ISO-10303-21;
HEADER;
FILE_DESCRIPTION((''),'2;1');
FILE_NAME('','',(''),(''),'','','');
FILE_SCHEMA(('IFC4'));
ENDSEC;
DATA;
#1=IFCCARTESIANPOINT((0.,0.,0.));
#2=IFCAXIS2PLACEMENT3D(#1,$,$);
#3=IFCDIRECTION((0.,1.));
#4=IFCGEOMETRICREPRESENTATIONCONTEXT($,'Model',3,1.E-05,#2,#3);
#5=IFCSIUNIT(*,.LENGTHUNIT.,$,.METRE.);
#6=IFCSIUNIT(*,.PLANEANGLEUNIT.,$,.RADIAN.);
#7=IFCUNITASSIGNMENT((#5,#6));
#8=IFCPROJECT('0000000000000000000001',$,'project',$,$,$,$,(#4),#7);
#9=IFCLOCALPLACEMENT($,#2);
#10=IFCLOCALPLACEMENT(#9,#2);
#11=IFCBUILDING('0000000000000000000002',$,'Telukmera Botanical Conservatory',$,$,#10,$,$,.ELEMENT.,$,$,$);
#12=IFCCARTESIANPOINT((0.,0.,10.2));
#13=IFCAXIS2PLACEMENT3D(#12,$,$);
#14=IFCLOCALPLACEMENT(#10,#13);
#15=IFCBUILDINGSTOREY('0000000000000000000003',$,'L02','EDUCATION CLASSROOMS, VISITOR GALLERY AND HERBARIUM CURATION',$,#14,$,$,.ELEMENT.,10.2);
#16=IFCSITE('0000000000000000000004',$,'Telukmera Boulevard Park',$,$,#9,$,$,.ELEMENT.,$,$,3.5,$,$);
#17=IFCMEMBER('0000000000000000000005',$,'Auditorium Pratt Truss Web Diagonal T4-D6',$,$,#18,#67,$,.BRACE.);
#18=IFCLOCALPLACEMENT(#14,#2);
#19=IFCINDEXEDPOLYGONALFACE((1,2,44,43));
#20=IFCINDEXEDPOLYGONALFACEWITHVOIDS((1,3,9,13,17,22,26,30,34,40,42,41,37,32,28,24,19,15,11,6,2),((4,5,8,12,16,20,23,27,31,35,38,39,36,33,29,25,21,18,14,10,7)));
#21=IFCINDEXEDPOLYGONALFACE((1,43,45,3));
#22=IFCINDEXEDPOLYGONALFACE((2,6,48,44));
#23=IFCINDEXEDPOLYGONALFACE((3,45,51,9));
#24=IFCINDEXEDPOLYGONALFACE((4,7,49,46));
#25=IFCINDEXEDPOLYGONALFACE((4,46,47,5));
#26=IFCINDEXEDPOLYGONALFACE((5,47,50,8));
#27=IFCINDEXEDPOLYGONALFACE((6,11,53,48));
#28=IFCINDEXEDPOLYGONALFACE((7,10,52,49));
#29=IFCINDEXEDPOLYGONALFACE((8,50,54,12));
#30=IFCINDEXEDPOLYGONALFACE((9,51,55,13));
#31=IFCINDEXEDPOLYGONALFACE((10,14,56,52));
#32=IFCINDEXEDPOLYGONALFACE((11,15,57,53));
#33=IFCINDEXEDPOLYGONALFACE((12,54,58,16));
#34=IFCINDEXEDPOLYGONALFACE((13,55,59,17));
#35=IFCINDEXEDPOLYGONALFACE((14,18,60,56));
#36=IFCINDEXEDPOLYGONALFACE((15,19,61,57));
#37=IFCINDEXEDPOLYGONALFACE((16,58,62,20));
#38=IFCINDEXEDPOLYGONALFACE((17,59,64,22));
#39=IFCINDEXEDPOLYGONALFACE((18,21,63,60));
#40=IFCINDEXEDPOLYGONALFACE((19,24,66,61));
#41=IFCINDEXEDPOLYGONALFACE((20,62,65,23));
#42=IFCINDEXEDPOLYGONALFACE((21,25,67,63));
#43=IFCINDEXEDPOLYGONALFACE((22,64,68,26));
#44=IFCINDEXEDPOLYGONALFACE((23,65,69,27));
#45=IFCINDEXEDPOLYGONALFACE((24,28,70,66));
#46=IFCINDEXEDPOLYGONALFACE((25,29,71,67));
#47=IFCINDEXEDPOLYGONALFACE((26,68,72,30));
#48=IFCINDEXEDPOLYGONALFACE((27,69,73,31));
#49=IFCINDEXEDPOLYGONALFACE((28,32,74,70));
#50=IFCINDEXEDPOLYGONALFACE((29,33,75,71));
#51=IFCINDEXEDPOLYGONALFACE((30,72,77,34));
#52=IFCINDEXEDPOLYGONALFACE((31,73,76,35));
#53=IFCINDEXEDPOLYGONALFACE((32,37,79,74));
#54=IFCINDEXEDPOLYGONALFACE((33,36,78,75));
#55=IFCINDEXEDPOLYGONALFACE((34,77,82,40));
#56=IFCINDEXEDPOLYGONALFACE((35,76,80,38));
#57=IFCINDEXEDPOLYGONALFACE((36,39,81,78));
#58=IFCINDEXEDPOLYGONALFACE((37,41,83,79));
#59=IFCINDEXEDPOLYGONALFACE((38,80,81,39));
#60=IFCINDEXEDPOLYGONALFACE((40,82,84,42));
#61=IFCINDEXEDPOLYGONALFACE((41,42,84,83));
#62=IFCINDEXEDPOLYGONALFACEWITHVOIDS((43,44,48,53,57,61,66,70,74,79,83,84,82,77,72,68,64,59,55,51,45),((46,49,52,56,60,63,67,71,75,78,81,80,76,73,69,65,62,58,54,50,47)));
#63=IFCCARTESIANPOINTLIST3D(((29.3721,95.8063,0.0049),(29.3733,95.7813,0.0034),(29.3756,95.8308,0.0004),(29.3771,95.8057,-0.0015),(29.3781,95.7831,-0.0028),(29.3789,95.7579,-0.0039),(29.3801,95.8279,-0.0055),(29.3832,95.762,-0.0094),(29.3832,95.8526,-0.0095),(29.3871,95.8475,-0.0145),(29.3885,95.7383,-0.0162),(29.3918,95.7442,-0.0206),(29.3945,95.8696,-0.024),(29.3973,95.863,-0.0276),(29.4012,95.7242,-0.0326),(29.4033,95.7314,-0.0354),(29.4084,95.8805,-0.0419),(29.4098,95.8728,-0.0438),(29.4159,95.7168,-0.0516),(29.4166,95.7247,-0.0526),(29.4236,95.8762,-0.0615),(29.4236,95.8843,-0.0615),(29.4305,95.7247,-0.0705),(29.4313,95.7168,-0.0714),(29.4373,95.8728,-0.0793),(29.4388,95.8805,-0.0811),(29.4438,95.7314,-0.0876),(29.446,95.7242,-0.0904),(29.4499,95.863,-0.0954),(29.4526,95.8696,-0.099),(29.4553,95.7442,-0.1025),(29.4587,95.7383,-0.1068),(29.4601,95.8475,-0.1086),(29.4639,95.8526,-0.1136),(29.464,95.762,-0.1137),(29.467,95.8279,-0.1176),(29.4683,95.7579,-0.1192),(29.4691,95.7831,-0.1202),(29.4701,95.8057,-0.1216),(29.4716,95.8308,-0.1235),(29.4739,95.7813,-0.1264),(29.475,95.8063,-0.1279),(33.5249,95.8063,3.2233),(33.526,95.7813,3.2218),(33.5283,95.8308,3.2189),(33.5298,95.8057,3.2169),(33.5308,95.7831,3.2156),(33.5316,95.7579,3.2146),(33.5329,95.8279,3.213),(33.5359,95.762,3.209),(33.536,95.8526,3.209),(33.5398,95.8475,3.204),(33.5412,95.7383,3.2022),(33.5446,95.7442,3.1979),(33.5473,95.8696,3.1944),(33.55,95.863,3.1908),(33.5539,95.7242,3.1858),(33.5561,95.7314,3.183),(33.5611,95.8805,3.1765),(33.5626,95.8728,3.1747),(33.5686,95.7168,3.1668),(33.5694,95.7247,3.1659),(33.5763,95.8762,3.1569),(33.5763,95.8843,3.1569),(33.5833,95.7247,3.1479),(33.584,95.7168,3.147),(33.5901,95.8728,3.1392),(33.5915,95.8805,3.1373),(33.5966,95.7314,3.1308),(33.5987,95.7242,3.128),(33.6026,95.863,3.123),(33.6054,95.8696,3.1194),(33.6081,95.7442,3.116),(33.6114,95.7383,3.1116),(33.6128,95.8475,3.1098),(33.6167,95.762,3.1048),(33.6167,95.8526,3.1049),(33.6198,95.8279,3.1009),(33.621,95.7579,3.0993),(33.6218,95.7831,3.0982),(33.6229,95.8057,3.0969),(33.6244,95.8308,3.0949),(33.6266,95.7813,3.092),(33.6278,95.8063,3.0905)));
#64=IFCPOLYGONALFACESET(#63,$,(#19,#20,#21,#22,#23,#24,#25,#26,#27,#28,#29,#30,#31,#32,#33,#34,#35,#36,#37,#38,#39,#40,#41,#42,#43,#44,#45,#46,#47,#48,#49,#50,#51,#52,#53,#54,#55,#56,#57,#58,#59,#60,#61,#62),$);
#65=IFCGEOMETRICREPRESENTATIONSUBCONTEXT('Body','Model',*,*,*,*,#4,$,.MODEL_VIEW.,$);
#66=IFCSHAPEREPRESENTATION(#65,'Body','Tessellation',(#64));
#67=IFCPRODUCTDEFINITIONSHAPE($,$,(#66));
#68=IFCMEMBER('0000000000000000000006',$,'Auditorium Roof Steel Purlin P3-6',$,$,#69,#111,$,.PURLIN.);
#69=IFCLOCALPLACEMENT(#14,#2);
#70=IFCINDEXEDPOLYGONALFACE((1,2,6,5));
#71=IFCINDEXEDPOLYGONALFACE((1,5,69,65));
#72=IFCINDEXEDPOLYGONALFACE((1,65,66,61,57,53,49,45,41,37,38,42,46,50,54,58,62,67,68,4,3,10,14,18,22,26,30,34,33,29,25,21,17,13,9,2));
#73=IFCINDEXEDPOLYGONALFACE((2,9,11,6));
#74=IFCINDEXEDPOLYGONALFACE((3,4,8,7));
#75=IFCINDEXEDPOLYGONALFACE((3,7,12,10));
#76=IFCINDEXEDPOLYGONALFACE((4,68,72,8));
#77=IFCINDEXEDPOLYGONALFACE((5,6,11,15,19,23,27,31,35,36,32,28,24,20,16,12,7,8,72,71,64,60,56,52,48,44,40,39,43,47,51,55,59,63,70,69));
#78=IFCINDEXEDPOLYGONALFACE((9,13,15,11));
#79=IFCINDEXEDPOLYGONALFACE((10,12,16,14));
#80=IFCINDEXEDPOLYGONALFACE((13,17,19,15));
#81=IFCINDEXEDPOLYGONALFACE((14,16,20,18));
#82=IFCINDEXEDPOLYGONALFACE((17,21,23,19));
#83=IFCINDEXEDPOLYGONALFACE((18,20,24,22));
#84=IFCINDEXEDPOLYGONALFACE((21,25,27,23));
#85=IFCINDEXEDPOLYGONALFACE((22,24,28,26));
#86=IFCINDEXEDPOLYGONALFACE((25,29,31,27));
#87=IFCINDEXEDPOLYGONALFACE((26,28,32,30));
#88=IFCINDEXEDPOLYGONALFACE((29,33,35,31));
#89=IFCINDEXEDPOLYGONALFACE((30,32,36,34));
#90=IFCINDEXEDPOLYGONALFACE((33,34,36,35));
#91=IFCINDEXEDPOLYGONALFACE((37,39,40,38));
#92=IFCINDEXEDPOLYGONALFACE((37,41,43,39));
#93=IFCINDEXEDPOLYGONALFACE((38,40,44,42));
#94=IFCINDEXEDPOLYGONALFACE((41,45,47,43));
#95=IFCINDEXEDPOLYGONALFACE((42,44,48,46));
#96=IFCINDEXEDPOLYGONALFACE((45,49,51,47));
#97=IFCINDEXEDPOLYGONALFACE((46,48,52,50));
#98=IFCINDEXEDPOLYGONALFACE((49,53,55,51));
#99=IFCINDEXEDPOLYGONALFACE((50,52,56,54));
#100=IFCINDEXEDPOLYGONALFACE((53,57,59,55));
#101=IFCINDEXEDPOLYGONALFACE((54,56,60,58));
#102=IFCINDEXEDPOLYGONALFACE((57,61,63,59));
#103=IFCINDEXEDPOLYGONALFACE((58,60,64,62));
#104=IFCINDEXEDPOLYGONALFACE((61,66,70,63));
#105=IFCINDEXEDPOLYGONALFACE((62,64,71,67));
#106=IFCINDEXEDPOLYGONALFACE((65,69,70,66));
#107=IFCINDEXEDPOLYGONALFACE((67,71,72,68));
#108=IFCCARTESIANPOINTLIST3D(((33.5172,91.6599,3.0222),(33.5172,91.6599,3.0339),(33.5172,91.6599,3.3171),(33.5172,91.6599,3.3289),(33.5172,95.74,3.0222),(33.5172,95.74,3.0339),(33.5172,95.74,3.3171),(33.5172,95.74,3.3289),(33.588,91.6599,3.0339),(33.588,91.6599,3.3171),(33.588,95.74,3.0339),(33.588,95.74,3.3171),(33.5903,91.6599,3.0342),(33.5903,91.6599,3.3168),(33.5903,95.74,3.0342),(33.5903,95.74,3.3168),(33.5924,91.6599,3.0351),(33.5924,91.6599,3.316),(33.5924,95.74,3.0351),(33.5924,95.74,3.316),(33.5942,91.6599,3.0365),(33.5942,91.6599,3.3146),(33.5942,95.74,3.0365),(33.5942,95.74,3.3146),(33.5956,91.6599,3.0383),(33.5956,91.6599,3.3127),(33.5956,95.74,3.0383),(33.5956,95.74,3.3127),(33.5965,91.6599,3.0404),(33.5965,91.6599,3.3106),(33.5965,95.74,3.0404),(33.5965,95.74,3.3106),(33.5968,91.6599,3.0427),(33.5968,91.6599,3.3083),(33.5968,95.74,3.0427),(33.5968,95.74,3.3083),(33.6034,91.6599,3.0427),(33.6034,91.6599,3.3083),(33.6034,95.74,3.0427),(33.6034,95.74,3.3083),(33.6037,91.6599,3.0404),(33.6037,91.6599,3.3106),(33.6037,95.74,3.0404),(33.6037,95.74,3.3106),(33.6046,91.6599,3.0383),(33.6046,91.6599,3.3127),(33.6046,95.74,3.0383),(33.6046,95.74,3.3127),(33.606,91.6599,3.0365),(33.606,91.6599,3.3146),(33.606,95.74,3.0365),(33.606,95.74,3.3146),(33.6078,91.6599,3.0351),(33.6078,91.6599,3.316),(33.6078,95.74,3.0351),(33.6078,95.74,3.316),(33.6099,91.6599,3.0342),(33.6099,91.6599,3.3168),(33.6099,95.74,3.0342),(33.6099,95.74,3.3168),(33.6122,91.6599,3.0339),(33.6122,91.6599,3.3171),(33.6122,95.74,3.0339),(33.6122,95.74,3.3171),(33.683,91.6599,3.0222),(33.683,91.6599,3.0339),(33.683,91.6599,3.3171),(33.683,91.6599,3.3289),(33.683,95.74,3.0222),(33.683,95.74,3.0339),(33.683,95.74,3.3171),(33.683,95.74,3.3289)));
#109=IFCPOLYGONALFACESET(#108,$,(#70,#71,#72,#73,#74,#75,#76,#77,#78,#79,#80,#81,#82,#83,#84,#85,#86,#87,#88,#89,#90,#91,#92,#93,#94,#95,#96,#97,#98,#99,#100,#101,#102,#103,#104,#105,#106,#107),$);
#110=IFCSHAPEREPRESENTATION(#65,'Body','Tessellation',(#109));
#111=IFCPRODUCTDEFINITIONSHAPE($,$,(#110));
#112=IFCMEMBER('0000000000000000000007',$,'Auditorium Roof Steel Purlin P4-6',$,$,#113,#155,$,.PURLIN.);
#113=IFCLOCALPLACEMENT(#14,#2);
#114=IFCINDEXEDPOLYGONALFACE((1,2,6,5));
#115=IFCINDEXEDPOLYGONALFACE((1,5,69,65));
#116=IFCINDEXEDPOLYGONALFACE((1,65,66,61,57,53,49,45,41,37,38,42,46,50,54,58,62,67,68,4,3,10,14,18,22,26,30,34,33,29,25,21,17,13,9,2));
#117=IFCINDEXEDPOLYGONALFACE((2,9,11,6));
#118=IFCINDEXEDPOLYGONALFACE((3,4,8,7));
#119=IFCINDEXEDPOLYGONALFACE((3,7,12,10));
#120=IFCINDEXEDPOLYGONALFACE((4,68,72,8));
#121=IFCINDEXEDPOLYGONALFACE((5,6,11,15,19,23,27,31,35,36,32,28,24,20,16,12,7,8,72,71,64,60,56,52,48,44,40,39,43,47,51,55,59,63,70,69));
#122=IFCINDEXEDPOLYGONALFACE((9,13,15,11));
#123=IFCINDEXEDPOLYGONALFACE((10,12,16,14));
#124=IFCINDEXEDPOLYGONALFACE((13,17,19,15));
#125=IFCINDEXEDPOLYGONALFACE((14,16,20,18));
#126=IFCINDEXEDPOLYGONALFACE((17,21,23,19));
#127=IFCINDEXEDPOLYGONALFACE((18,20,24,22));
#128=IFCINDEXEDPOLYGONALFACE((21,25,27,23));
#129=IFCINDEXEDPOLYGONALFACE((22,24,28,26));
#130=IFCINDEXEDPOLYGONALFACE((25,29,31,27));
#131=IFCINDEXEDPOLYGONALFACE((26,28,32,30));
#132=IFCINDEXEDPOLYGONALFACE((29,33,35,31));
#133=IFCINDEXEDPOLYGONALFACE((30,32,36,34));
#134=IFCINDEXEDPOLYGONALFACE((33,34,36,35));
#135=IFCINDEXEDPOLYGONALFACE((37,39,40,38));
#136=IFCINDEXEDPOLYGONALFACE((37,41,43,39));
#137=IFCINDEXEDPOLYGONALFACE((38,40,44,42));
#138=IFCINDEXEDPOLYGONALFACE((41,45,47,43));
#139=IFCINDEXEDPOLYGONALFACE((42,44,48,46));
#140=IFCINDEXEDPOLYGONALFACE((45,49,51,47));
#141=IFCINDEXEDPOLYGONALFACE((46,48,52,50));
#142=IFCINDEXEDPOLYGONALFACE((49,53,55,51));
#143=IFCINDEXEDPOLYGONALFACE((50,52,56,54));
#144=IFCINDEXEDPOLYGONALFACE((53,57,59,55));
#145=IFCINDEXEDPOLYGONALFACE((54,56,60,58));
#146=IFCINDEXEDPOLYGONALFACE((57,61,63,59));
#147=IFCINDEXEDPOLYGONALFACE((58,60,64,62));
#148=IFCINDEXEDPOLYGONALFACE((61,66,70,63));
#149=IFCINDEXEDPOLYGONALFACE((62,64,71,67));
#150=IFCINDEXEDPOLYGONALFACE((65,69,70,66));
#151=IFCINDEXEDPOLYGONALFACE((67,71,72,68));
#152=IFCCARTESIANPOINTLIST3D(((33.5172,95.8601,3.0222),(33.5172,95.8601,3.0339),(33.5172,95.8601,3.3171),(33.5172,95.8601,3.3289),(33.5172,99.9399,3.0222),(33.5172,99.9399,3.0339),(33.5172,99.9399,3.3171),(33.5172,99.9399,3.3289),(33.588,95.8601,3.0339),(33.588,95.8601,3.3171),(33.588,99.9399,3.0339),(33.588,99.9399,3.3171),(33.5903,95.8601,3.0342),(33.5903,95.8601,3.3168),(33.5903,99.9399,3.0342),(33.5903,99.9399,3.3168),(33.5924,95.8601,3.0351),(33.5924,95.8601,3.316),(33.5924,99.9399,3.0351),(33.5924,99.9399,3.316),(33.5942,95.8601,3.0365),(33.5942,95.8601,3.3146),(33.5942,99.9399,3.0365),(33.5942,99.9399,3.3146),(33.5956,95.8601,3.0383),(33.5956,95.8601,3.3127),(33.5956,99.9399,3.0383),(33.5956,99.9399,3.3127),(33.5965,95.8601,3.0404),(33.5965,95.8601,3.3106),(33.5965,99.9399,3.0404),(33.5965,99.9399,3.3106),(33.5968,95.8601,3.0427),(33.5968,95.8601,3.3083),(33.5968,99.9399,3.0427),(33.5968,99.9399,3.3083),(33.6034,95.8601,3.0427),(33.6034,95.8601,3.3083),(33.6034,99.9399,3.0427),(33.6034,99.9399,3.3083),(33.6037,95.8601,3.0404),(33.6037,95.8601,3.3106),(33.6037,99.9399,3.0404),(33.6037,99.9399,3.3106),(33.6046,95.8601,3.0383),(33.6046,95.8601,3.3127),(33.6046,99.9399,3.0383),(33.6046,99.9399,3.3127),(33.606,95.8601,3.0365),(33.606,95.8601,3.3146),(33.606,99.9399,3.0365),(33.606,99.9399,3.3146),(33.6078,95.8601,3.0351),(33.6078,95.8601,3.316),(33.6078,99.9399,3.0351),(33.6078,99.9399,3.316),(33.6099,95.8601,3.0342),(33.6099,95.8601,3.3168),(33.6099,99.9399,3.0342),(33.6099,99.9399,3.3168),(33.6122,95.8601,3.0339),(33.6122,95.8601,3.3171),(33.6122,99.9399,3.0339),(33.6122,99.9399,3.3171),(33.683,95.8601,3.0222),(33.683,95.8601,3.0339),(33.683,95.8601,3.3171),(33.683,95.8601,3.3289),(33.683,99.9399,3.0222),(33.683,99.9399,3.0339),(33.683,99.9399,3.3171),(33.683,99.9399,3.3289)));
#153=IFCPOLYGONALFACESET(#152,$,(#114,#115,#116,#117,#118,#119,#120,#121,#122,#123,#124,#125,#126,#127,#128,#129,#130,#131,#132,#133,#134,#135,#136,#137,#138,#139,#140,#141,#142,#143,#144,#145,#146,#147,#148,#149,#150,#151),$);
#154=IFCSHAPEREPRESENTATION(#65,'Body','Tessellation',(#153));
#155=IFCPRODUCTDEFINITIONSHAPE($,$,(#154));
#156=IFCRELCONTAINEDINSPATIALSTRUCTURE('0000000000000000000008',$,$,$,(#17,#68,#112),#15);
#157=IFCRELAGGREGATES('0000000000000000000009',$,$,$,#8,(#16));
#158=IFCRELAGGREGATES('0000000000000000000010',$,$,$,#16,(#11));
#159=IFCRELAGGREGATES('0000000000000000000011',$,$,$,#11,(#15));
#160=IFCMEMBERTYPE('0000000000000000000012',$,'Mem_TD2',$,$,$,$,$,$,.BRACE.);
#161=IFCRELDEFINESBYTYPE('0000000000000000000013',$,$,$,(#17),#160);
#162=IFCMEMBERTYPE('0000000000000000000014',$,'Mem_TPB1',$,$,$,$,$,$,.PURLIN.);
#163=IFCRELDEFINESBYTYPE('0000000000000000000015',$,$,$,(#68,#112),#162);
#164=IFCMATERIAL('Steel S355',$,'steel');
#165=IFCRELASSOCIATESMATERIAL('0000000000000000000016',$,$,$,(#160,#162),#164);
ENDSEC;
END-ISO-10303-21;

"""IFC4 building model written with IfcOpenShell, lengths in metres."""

from ifc_helpers import new_model, si_unit, direction, frame, origin, origin_2d, place, context, subcontext, project, spatial, hollow_circle, i_section, extrude, material, material_profile, profile_set, type_object, element, save


model = new_model("IFC4")

# Units and contexts
model_context = context("Model", 3, precision=1e-05, world=origin(), true_north=direction((0.0, 1.0)))
body_context = subcontext(model_context, "Body", "Model", "MODEL_VIEW")
ifc_project = project(units=[si_unit("LENGTHUNIT", "METRE"), si_unit("PLANEANGLEUNIT", "RADIAN")], contexts=[model_context])

# Site, building, storey
site_placement = place(None, origin())
site = spatial("IfcSite", under=ifc_project, at=site_placement, Name="Telukmera Boulevard Park", CompositionType="ELEMENT", RefElevation=3.5)
building_placement = place(site_placement, origin())
building = spatial("IfcBuilding", under=site, at=building_placement, Name="Telukmera Botanical Conservatory", CompositionType="ELEMENT")
storey_placement = place(building_placement, frame((0.0, 0.0, 10.2)))
storey = spatial("IfcBuildingStorey", under=building, at=storey_placement, Name="L02", Description="EDUCATION CLASSROOMS, VISITOR GALLERY AND HERBARIUM CURATION", CompositionType="ELEMENT", Elevation=10.2)

# Members
ifc_material = material(Name="Steel S355", Category="steel")
ifc_material_profile_1 = material_profile(ifc_material, hollow_circle(Radius=0.0842, WallThickness=0.0081, at=origin_2d()), Name="CHS 168.3x8.0")
ifc_profile_set_1 = profile_set([ifc_material_profile_1], Name="Steel S355")
member_type_1 = type_object("IfcMemberType", Name="Mem_TD2", PredefinedType="BRACE", material=ifc_profile_set_1)
for number, where, z_axis, x_axis, name in (
    (1, (29.4236, 95.8, -0.0615), (0.790409, 0.0, 0.612579), (0.0, 1.0, 0.0), "Auditorium Pratt Truss Web Diagonal T4-D6"),
):
    element("IfcMember", number, at=place(storey_placement, frame(where, z_axis=z_axis, x_axis=x_axis)), inside=storey, type_object=member_type_1, Name=name, PredefinedType="BRACE", context=body_context, shape_type="SweptSolid", body=[
        extrude(hollow_circle(Radius=0.0842, WallThickness=0.0081, at=origin_2d()), origin(), (0.0, 0.0, 1.0), 5.2539),
    ])
ifc_material_profile_2 = material_profile(ifc_material, i_section(OverallWidth=0.1658, OverallDepth=0.3066, WebThickness=0.0066, FlangeThickness=0.0117, FilletRadius=0.0088, at=origin_2d()), Name="UB 305x165x46")
ifc_profile_set_2 = profile_set([ifc_material_profile_2], Name="Steel S355")
member_type_2 = type_object("IfcMemberType", Name="Mem_TPB1", PredefinedType="PURLIN", material=ifc_profile_set_2)
member_1_placement = place(storey_placement, frame((33.6001, 91.6599, 3.1755), z_axis=(0.0, 1.0, 0.0), x_axis=(-1.0, 0.0, 0.0)))
element("IfcMember", 2, at=member_1_placement, inside=storey, type_object=member_type_2, Name="Auditorium Roof Steel Purlin P3-6", PredefinedType="PURLIN", context=body_context, shape_type="SweptSolid", body=[
    extrude(i_section(OverallWidth=0.1658, OverallDepth=0.3066, WebThickness=0.0066, FlangeThickness=0.0117, FilletRadius=0.0088, at=origin_2d()), origin(), (0.0, 0.0, 1.0), 4.0801),
])
member_2_placement = place(storey_placement, frame((33.6001, 95.8601, 3.1755), z_axis=(0.0, 1.0, 0.0), x_axis=(-1.0, 0.0, 0.0)))
element("IfcMember", 3, at=member_2_placement, inside=storey, type_object=member_type_2, Name="Auditorium Roof Steel Purlin P4-6", PredefinedType="PURLIN", context=body_context, shape_type="SweptSolid", body=[
    extrude(i_section(OverallWidth=0.1658, OverallDepth=0.3066, WebThickness=0.0066, FlangeThickness=0.0117, FilletRadius=0.0088, at=origin_2d()), origin(), (0.0, 0.0, 1.0), 4.0798),
])

save(model, "model.ifc")
